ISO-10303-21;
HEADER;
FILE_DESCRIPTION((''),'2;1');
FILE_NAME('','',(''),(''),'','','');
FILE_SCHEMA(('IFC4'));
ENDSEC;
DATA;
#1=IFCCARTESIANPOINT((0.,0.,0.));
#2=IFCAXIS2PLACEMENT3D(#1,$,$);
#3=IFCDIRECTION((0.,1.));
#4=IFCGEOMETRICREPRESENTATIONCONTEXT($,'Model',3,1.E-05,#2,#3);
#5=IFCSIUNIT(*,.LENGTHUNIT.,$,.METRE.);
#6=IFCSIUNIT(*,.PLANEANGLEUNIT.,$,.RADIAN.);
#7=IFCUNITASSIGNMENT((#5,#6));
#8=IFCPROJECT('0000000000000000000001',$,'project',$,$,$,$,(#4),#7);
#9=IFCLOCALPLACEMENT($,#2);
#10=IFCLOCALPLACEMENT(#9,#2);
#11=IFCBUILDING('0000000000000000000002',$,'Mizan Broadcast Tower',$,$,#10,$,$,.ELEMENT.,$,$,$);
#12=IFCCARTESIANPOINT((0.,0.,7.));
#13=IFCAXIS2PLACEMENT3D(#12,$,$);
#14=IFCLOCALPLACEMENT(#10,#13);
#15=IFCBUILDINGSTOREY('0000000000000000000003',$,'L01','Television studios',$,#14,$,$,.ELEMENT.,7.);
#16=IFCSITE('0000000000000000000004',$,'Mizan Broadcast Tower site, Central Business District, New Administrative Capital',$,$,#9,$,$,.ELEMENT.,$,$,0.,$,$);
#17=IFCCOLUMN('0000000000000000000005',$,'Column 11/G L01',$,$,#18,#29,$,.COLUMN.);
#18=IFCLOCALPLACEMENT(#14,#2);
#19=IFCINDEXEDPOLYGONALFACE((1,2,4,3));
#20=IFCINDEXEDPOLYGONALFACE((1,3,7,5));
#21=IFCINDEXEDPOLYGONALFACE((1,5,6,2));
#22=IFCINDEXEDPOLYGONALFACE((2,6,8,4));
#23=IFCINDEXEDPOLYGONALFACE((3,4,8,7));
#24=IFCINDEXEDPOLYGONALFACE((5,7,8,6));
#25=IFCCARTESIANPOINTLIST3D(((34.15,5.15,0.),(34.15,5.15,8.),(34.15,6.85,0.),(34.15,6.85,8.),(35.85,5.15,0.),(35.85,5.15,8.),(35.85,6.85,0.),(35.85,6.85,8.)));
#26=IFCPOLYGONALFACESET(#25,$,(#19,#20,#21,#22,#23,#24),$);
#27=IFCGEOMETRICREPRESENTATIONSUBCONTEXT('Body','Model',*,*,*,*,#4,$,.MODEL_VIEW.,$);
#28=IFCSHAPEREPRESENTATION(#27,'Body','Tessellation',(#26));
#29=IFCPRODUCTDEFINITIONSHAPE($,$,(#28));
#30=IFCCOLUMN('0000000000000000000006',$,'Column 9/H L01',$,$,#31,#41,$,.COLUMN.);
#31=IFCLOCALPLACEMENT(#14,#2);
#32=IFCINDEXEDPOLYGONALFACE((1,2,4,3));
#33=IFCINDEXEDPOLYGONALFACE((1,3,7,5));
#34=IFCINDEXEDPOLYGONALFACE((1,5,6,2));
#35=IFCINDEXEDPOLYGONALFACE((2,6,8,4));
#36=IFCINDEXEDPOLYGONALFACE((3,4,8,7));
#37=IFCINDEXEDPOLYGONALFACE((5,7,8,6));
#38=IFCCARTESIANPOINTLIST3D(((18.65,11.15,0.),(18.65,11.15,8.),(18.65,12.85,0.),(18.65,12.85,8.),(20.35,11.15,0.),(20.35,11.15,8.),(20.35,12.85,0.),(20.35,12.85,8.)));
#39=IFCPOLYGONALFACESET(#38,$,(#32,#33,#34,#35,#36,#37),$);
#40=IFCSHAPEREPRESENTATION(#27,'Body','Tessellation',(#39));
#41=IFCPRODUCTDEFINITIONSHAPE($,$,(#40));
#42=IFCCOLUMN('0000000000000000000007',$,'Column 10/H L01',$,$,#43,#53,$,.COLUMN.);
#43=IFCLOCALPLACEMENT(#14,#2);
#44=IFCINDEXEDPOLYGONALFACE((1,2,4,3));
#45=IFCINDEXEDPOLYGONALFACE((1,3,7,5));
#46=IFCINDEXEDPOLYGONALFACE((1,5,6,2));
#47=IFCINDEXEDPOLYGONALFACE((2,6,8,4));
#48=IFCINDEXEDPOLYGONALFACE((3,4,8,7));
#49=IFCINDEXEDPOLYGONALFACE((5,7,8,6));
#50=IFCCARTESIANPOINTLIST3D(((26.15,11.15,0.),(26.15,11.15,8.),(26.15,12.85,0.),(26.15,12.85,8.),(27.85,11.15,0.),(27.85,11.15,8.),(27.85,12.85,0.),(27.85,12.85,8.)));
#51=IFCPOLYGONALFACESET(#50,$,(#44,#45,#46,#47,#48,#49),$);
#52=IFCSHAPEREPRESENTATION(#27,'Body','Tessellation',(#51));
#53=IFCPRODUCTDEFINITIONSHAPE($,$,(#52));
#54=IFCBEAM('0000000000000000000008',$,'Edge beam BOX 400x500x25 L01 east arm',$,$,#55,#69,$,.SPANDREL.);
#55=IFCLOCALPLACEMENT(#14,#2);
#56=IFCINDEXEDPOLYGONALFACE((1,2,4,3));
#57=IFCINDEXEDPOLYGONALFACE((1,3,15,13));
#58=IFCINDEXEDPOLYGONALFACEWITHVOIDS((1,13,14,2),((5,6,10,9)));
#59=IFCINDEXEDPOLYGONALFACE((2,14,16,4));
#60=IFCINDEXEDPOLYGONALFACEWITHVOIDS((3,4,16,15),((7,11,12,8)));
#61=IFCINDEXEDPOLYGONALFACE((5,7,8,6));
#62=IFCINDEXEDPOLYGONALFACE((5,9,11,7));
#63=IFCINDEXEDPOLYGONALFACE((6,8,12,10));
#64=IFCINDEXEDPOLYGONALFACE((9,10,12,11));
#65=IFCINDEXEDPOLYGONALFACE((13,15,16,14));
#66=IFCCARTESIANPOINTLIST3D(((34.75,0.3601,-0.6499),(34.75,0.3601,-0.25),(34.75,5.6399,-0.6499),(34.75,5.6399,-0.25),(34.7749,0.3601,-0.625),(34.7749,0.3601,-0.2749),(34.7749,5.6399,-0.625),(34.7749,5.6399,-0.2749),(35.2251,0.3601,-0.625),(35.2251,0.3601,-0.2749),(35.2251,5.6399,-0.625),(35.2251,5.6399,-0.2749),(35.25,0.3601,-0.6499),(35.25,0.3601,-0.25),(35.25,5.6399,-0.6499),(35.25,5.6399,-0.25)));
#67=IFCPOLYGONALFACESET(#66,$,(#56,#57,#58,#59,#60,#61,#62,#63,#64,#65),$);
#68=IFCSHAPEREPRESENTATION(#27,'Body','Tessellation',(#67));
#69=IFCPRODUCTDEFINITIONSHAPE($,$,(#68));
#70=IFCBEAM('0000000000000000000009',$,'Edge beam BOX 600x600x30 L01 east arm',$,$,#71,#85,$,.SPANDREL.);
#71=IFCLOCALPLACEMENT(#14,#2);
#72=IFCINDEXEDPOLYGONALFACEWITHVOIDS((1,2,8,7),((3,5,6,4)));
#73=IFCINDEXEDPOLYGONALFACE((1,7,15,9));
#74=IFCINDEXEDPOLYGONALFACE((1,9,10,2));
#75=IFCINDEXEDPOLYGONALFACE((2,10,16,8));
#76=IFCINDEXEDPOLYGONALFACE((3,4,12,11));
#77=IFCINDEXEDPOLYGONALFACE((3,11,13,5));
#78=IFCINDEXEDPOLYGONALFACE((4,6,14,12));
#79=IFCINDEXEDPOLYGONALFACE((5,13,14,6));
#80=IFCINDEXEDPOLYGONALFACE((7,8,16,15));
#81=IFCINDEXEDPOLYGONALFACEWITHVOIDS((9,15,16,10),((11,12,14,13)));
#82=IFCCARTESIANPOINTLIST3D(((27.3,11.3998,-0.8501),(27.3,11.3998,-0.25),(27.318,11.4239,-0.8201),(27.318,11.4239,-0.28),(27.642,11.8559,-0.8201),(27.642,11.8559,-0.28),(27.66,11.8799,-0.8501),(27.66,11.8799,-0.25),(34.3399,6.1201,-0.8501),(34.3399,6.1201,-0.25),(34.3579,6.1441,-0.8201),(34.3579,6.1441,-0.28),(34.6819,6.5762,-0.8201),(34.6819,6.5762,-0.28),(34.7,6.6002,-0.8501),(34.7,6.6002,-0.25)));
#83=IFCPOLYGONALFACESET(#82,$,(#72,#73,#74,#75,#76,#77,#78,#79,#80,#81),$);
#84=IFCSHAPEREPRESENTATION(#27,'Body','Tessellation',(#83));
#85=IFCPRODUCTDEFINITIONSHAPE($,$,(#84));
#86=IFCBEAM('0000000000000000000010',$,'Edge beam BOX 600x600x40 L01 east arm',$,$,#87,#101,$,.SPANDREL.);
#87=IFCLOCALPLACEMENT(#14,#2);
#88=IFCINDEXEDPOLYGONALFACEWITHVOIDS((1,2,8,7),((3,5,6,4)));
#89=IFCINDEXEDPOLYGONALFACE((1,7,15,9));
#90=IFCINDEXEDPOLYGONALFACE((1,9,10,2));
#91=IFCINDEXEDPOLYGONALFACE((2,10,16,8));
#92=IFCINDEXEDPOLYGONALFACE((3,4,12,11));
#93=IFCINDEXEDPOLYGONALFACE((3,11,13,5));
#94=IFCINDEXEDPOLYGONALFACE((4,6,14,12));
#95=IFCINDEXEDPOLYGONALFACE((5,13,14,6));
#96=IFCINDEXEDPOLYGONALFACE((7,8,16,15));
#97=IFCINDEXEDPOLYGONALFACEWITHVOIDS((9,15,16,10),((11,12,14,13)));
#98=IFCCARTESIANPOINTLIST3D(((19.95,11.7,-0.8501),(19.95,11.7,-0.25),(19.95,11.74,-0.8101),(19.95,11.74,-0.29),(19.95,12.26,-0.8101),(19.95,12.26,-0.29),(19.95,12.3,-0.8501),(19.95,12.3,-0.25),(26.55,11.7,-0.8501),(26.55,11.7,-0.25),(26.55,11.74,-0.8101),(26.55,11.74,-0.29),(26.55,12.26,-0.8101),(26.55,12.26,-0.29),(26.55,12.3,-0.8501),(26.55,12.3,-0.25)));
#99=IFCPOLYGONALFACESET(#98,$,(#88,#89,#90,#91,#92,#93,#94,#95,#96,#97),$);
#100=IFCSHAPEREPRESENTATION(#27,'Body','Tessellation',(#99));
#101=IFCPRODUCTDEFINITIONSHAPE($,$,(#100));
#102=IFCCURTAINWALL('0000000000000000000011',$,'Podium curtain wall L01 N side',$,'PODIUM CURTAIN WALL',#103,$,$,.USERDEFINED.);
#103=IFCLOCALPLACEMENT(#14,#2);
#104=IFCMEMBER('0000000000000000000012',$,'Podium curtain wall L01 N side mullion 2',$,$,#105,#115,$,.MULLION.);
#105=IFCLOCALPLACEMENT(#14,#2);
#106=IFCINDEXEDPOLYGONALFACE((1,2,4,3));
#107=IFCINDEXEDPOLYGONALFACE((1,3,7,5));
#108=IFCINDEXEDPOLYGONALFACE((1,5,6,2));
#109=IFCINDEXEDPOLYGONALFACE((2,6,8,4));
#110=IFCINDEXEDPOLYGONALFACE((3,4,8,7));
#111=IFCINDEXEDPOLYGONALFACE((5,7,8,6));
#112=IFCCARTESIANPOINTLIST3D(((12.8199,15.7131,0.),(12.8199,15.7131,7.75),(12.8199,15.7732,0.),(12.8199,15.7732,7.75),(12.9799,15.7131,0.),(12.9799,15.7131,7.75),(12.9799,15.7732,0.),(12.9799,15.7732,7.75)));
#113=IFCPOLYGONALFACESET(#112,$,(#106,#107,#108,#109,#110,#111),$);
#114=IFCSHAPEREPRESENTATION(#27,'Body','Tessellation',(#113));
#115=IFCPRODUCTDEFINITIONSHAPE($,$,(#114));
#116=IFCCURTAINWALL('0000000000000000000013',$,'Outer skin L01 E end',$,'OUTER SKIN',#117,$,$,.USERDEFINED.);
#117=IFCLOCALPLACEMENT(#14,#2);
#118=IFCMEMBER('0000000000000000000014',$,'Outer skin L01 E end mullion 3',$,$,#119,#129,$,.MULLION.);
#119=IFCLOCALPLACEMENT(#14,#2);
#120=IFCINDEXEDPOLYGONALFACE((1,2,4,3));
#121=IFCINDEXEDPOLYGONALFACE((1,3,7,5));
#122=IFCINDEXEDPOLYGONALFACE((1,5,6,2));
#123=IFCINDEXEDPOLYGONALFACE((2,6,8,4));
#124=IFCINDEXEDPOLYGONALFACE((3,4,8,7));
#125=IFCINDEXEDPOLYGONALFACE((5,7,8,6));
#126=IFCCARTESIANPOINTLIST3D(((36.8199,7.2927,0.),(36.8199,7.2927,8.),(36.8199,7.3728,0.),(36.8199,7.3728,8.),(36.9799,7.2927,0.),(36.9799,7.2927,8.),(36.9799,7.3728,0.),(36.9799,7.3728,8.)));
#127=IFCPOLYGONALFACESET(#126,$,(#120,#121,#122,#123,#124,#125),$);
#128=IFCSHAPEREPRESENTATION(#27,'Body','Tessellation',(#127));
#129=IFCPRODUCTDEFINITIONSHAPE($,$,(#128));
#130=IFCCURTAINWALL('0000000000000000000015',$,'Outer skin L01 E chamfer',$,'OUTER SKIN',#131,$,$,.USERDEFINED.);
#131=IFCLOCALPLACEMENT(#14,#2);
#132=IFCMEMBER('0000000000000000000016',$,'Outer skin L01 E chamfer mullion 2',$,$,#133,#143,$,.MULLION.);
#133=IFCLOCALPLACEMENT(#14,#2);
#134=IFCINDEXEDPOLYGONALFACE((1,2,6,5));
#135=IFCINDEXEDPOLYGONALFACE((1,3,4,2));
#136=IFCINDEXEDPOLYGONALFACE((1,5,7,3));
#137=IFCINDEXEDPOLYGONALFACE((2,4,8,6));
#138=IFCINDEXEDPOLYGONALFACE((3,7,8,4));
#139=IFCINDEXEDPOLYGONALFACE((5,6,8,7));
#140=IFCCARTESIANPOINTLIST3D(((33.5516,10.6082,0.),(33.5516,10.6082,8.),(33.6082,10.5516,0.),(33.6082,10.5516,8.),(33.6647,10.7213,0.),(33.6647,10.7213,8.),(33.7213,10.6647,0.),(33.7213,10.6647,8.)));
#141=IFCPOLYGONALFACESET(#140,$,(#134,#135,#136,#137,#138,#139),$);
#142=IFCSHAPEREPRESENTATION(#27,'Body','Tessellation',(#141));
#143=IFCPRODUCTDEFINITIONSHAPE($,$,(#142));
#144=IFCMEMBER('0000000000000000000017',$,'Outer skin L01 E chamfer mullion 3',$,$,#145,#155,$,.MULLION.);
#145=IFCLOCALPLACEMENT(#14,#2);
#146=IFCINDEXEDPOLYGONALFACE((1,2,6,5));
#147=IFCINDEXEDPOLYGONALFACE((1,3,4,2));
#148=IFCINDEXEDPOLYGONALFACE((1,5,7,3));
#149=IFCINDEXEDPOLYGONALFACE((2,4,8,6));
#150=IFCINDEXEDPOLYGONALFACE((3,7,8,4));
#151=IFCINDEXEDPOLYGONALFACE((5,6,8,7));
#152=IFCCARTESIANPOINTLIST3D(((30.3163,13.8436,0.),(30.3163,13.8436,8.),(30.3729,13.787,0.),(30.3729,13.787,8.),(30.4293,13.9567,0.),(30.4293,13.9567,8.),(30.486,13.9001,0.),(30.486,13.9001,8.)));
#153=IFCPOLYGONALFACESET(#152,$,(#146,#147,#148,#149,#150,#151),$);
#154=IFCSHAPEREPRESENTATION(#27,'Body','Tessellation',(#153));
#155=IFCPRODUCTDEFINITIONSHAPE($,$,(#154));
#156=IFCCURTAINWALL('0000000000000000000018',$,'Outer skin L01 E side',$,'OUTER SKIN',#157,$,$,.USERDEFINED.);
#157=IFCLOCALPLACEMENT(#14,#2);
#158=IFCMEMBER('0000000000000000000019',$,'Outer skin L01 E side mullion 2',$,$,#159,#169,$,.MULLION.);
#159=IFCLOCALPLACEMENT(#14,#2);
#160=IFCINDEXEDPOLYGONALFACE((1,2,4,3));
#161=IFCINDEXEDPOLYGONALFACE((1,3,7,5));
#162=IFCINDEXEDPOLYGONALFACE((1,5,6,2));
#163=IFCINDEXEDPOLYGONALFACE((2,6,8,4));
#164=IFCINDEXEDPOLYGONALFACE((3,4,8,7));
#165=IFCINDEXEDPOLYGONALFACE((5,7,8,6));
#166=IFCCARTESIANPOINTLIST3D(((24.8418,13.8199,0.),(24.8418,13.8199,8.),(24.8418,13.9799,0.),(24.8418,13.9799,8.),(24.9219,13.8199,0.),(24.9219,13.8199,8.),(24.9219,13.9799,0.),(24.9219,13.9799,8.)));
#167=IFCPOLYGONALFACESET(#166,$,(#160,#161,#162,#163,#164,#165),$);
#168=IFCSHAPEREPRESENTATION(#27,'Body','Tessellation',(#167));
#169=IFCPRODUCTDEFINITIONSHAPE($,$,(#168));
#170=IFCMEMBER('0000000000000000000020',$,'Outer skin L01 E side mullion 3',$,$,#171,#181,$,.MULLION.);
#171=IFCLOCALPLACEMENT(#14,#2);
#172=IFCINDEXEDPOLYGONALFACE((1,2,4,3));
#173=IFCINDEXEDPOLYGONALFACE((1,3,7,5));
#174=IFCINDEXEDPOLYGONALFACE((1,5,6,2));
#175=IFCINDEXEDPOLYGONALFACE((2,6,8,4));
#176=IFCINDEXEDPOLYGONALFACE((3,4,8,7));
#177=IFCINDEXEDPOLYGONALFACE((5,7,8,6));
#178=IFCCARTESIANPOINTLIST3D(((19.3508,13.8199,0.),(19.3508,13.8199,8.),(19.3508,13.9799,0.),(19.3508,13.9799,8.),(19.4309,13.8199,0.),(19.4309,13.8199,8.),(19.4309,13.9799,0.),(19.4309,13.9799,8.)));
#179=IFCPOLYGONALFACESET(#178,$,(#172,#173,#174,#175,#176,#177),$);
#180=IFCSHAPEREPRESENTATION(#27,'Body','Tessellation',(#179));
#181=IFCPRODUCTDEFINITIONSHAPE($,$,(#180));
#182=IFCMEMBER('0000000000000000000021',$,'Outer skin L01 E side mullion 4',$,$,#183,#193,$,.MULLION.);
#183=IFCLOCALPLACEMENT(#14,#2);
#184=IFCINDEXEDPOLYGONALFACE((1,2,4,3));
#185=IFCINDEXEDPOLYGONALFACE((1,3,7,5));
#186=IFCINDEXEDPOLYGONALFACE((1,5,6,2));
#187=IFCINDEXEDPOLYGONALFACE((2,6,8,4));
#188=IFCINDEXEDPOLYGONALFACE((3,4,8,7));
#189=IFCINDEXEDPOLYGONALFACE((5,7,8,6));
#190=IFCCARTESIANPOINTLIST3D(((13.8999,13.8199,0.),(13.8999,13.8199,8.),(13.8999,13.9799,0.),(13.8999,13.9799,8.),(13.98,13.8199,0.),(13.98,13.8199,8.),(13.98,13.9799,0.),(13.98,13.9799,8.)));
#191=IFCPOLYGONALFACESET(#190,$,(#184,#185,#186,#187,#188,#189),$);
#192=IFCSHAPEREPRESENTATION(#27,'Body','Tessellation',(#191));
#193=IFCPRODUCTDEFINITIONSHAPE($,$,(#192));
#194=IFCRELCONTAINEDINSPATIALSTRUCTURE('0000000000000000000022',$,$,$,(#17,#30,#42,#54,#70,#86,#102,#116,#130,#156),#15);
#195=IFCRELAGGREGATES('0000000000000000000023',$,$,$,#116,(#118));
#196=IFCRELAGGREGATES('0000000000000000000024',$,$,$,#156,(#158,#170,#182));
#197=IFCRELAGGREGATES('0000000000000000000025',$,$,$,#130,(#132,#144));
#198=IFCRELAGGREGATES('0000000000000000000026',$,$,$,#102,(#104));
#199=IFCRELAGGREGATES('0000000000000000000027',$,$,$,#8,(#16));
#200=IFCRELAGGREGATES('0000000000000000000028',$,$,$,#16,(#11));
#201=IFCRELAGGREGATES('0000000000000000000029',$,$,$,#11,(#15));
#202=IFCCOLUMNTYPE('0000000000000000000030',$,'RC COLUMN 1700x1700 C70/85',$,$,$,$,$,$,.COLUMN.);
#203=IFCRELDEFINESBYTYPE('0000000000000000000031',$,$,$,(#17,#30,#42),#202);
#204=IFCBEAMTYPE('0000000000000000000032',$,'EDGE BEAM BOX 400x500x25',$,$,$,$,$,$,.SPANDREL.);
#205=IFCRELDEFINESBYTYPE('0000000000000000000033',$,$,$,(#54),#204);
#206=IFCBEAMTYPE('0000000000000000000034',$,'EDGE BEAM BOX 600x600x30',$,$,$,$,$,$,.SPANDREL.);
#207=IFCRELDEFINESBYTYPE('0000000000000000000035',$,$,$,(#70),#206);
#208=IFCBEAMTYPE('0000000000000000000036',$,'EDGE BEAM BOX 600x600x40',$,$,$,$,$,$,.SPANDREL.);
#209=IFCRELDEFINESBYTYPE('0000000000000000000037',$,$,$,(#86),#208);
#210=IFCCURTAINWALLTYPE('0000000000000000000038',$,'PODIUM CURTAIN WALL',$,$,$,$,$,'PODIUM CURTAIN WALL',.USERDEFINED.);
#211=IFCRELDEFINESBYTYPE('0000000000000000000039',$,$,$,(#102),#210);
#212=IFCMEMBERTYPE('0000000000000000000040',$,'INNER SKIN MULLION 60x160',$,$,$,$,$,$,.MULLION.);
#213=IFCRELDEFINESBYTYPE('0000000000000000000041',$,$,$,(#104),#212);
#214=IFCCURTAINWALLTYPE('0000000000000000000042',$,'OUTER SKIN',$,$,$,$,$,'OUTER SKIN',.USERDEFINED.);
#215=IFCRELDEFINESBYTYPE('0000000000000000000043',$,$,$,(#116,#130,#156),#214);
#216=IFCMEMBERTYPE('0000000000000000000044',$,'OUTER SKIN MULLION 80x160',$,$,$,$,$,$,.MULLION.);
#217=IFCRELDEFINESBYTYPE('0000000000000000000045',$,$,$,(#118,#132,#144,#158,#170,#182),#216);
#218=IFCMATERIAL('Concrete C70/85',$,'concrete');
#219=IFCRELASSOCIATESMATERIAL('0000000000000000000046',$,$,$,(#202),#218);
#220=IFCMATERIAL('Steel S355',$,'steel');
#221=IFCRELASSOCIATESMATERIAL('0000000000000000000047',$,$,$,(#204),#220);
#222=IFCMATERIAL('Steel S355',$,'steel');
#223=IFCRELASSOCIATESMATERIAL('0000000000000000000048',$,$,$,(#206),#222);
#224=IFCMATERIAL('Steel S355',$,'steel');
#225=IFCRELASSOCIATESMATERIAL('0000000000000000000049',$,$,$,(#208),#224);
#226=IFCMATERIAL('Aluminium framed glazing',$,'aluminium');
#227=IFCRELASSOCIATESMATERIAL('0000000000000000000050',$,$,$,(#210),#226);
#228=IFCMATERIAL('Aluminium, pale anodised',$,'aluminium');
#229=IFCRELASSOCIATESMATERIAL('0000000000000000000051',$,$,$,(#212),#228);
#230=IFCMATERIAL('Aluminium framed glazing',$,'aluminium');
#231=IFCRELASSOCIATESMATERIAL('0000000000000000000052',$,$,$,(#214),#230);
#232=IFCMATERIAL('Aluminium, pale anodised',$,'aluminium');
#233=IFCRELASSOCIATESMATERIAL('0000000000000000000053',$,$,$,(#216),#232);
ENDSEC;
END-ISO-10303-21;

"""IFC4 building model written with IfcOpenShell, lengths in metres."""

from ifc_helpers import new_model, si_unit, direction, frame, origin, origin_2d, place, context, subcontext, project, spatial, rectangle, hollow_rectangle, extrude, material, material_profile, profile_set, type_object, element, aggregate, save


model = new_model("IFC4")

# Units and contexts
model_context = context("Model", 3, precision=1e-05, world=origin(), true_north=direction((0.0, 1.0)))
body_context = subcontext(model_context, "Body", "Model", "MODEL_VIEW")
ifc_project = project(units=[si_unit("LENGTHUNIT", "METRE"), si_unit("PLANEANGLEUNIT", "RADIAN")], contexts=[model_context])

# Site, building, storey
site_placement = place(None, origin())
site = spatial("IfcSite", under=ifc_project, at=site_placement, Name="Mizan Broadcast Tower site, Central Business District, New Administrative Capital", CompositionType="ELEMENT", RefElevation=0.0)
building_placement = place(site_placement, origin())
building = spatial("IfcBuilding", under=site, at=building_placement, Name="Mizan Broadcast Tower", CompositionType="ELEMENT")
storey_placement = place(building_placement, frame((0.0, 0.0, 7.0)))
storey = spatial("IfcBuildingStorey", under=building, at=storey_placement, Name="L01", Description="Television studios", CompositionType="ELEMENT", Elevation=7.0)

# Columns
ifc_material_1 = material(Name="Concrete C70/85", Category="concrete")
ifc_material_profile_1 = material_profile(ifc_material_1, rectangle(XDim=1.7, YDim=1.7, at=origin_2d()), Name="RC 1700x1700")
ifc_profile_set_1 = profile_set([ifc_material_profile_1], Name="Concrete C70/85")
column_type = type_object("IfcColumnType", Name="RC COLUMN 1700x1700 C70/85", PredefinedType="COLUMN", material=ifc_profile_set_1)
for number, where, z_axis, x_axis, name in (
    (1, (35.0, 6.0, 0.0), (0.0, 0.0, 1.0), (1.0, 0.0, 0.0), "Column 11/G L01"),
    (2, (19.5, 12.0, 0.0), (0.0, 0.0, 1.0), (1.0, 0.0, 0.0), "Column 9/H L01"),
    (3, (27.0, 12.0, 0.0), (0.0, 0.0, 1.0), (1.0, 0.0, 0.0), "Column 10/H L01"),
):
    element("IfcColumn", number, at=place(storey_placement, frame(where, z_axis=z_axis, x_axis=x_axis)), inside=storey, type_object=column_type, Name=name, PredefinedType="COLUMN", context=body_context, shape_type="SweptSolid", body=[
        extrude(rectangle(XDim=1.7, YDim=1.7, at=origin_2d()), origin(), (0.0, 0.0, 1.0), 8.0),
    ])

# Beams
ifc_material_2 = material(Name="Steel S355", Category="steel")
ifc_material_profile_2 = material_profile(ifc_material_2, hollow_rectangle(XDim=0.5, YDim=0.3999, WallThickness=0.0249, at=origin_2d()), Name="BOX 400x500x25")
ifc_profile_set_2 = profile_set([ifc_material_profile_2], Name="Steel S355")
beam_type_1 = type_object("IfcBeamType", Name="EDGE BEAM BOX 400x500x25", PredefinedType="SPANDREL", material=ifc_profile_set_2)
beam_1_placement = place(storey_placement, frame((35.0, 5.6399, -0.45), z_axis=(0.0, -1.0, 0.0), x_axis=(1.0, 0.0, 0.0)))
element("IfcBeam", 4, at=beam_1_placement, inside=storey, type_object=beam_type_1, Name="Edge beam BOX 400x500x25 L01 east arm", PredefinedType="SPANDREL", context=body_context, shape_type="SweptSolid", body=[
    extrude(hollow_rectangle(XDim=0.5, YDim=0.3999, WallThickness=0.0249, at=origin_2d()), origin(), (0.0, 0.0, 1.0), 5.2798),
])
ifc_material_3 = material(Name="Steel S355", Category="steel")
ifc_material_profile_3 = material_profile(ifc_material_3, hollow_rectangle(XDim=0.6001, YDim=0.6001, WallThickness=0.03, at=origin_2d()), Name="BOX 600x600x30")
ifc_profile_set_3 = profile_set([ifc_material_profile_3], Name="Steel S355")
beam_type_2 = type_object("IfcBeamType", Name="EDGE BEAM BOX 600x600x30", PredefinedType="SPANDREL", material=ifc_profile_set_3)
beam_2_placement = place(storey_placement, frame((27.48, 11.6399, -0.55), z_axis=(0.800013, -0.599982, 0.0), x_axis=(0.599982, 0.800013, 0.0)))
element("IfcBeam", 5, at=beam_2_placement, inside=storey, type_object=beam_type_2, Name="Edge beam BOX 600x600x30 L01 east arm", PredefinedType="SPANDREL", context=body_context, shape_type="SweptSolid", body=[
    extrude(hollow_rectangle(XDim=0.6001, YDim=0.6001, WallThickness=0.03, at=origin_2d()), origin(), (0.0, 0.0, 1.0), 8.7998),
])
ifc_material_4 = material(Name="Steel S355", Category="steel")
ifc_material_profile_4 = material_profile(ifc_material_4, hollow_rectangle(XDim=0.6001, YDim=0.6001, WallThickness=0.04, at=origin_2d()), Name="BOX 600x600x40")
ifc_profile_set_4 = profile_set([ifc_material_profile_4], Name="Steel S355")
beam_type_3 = type_object("IfcBeamType", Name="EDGE BEAM BOX 600x600x40", PredefinedType="SPANDREL", material=ifc_profile_set_4)
beam_3_placement = place(storey_placement, frame((19.95, 12.0, -0.55), z_axis=(1.0, 0.0, 0.0), x_axis=(0.0, 1.0, 0.0)))
element("IfcBeam", 6, at=beam_3_placement, inside=storey, type_object=beam_type_3, Name="Edge beam BOX 600x600x40 L01 east arm", PredefinedType="SPANDREL", context=body_context, shape_type="SweptSolid", body=[
    extrude(hollow_rectangle(XDim=0.6001, YDim=0.6001, WallThickness=0.04, at=origin_2d()), origin(), (0.0, 0.0, 1.0), 6.6001),
])

# Curtain walls, members
ifc_material_5 = material(Name="Aluminium framed glazing", Category="aluminium")
curtain_wall_type_1 = type_object("IfcCurtainWallType", Name="PODIUM CURTAIN WALL", ElementType="PODIUM CURTAIN WALL", PredefinedType="USERDEFINED", material=ifc_material_5)
curtain_wall_1_placement = place(storey_placement, origin())
curtain_wall_1 = element("IfcCurtainWall", 7, at=curtain_wall_1_placement, inside=storey, type_object=curtain_wall_type_1, Name="Podium curtain wall L01 N side", ObjectType="PODIUM CURTAIN WALL", PredefinedType="USERDEFINED")
ifc_material_6 = material(Name="Aluminium, pale anodised", Category="aluminium")
ifc_material_profile_5 = material_profile(ifc_material_6, rectangle(XDim=0.1599, YDim=0.0601, at=origin_2d()), Name="MULLION 160x60")
ifc_profile_set_5 = profile_set([ifc_material_profile_5], Name="Aluminium, pale anodised")
member_type_1 = type_object("IfcMemberType", Name="INNER SKIN MULLION 60x160", PredefinedType="MULLION", material=ifc_profile_set_5)
member_1_placement = place(storey_placement, frame((12.8999, 15.7432, 0.0), z_axis=(0.0, 0.0, 1.0), x_axis=(-1.0, 0.0, 0.0)))
member_1 = element("IfcMember", 8, at=member_1_placement, type_object=member_type_1, Name="Podium curtain wall L01 N side mullion 2", PredefinedType="MULLION", context=body_context, shape_type="SweptSolid", body=[
    extrude(rectangle(XDim=0.1599, YDim=0.0601, at=origin_2d()), origin(), (0.0, 0.0, 1.0), 7.75),
])
ifc_material_7 = material(Name="Aluminium framed glazing", Category="aluminium")
curtain_wall_type_2 = type_object("IfcCurtainWallType", Name="OUTER SKIN", ElementType="OUTER SKIN", PredefinedType="USERDEFINED", material=ifc_material_7)
curtain_wall_2_placement = place(storey_placement, origin())
curtain_wall_2 = element("IfcCurtainWall", 9, at=curtain_wall_2_placement, inside=storey, type_object=curtain_wall_type_2, Name="Outer skin L01 E end", ObjectType="OUTER SKIN", PredefinedType="USERDEFINED")
ifc_material_8 = material(Name="Aluminium, pale anodised", Category="aluminium")
ifc_material_profile_6 = material_profile(ifc_material_8, rectangle(XDim=0.1599, YDim=0.0801, at=origin_2d()), Name="MULLION 160x80")
ifc_profile_set_6 = profile_set([ifc_material_profile_6], Name="Aluminium, pale anodised")
member_type_2 = type_object("IfcMemberType", Name="OUTER SKIN MULLION 80x160", PredefinedType="MULLION", material=ifc_profile_set_6)
member_2_placement = place(storey_placement, frame((36.8999, 7.3328, 0.0), z_axis=(0.0, 0.0, 1.0), x_axis=(-1.0, 0.0, 0.0)))
member_2 = element("IfcMember", 10, at=member_2_placement, type_object=member_type_2, Name="Outer skin L01 E end mullion 3", PredefinedType="MULLION", context=body_context, shape_type="SweptSolid", body=[
    extrude(rectangle(XDim=0.1599, YDim=0.0801, at=origin_2d()), origin(), (0.0, 0.0, 1.0), 8.0),
])
aggregate(curtain_wall_2, [member_2])

# Curtain walls, members
curtain_wall_3_placement = place(storey_placement, origin())
curtain_wall_3 = element("IfcCurtainWall", 11, at=curtain_wall_3_placement, inside=storey, type_object=curtain_wall_type_2, Name="Outer skin L01 E chamfer", ObjectType="OUTER SKIN", PredefinedType="USERDEFINED")
member_3_placement = place(storey_placement, frame((33.6365, 10.6365, 0.0), z_axis=(0.0, 0.0, 1.0), x_axis=(-0.707107, -0.707107, 0.0)))
member_3 = element("IfcMember", 12, at=member_3_placement, type_object=member_type_2, Name="Outer skin L01 E chamfer mullion 2", PredefinedType="MULLION", context=body_context, shape_type="SweptSolid", body=[
    extrude(rectangle(XDim=0.1599, YDim=0.0801, at=origin_2d()), origin(), (0.0, 0.0, 1.0), 8.0),
])
member_4_placement = place(storey_placement, frame((30.4011, 13.8718, 0.0), z_axis=(0.0, 0.0, 1.0), x_axis=(-0.707107, -0.707107, 0.0)))
member_4 = element("IfcMember", 13, at=member_4_placement, type_object=member_type_2, Name="Outer skin L01 E chamfer mullion 3", PredefinedType="MULLION", context=body_context, shape_type="SweptSolid", body=[
    extrude(rectangle(XDim=0.1599, YDim=0.0801, at=origin_2d()), origin(), (0.0, 0.0, 1.0), 8.0),
])
curtain_wall_4_placement = place(storey_placement, origin())
curtain_wall_4 = element("IfcCurtainWall", 14, at=curtain_wall_4_placement, inside=storey, type_object=curtain_wall_type_2, Name="Outer skin L01 E side", ObjectType="OUTER SKIN", PredefinedType="USERDEFINED")
member_5_placement = place(storey_placement, frame((24.8818, 13.8999, 0.0), z_axis=(0.0, 0.0, 1.0), x_axis=(0.0, -1.0, 0.0)))
member_5 = element("IfcMember", 15, at=member_5_placement, type_object=member_type_2, Name="Outer skin L01 E side mullion 2", PredefinedType="MULLION", context=body_context, shape_type="SweptSolid", body=[
    extrude(rectangle(XDim=0.1599, YDim=0.0801, at=origin_2d()), origin(), (0.0, 0.0, 1.0), 8.0),
])
member_6_placement = place(storey_placement, frame((19.3909, 13.8999, 0.0), z_axis=(0.0, 0.0, 1.0), x_axis=(0.0, -1.0, 0.0)))
member_6 = element("IfcMember", 16, at=member_6_placement, type_object=member_type_2, Name="Outer skin L01 E side mullion 3", PredefinedType="MULLION", context=body_context, shape_type="SweptSolid", body=[
    extrude(rectangle(XDim=0.1599, YDim=0.0801, at=origin_2d()), origin(), (0.0, 0.0, 1.0), 8.0),
])
member_7_placement = place(storey_placement, frame((13.9399, 13.8999, 0.0), z_axis=(0.0, 0.0, 1.0), x_axis=(0.0, -1.0, 0.0)))
member_7 = element("IfcMember", 17, at=member_7_placement, type_object=member_type_2, Name="Outer skin L01 E side mullion 4", PredefinedType="MULLION", context=body_context, shape_type="SweptSolid", body=[
    extrude(rectangle(XDim=0.1599, YDim=0.0801, at=origin_2d()), origin(), (0.0, 0.0, 1.0), 8.0),
])

aggregate(curtain_wall_4, [member_5, member_6, member_7])
aggregate(curtain_wall_3, [member_3, member_4])
aggregate(curtain_wall_1, [member_1])

save(model, "model.ifc")
